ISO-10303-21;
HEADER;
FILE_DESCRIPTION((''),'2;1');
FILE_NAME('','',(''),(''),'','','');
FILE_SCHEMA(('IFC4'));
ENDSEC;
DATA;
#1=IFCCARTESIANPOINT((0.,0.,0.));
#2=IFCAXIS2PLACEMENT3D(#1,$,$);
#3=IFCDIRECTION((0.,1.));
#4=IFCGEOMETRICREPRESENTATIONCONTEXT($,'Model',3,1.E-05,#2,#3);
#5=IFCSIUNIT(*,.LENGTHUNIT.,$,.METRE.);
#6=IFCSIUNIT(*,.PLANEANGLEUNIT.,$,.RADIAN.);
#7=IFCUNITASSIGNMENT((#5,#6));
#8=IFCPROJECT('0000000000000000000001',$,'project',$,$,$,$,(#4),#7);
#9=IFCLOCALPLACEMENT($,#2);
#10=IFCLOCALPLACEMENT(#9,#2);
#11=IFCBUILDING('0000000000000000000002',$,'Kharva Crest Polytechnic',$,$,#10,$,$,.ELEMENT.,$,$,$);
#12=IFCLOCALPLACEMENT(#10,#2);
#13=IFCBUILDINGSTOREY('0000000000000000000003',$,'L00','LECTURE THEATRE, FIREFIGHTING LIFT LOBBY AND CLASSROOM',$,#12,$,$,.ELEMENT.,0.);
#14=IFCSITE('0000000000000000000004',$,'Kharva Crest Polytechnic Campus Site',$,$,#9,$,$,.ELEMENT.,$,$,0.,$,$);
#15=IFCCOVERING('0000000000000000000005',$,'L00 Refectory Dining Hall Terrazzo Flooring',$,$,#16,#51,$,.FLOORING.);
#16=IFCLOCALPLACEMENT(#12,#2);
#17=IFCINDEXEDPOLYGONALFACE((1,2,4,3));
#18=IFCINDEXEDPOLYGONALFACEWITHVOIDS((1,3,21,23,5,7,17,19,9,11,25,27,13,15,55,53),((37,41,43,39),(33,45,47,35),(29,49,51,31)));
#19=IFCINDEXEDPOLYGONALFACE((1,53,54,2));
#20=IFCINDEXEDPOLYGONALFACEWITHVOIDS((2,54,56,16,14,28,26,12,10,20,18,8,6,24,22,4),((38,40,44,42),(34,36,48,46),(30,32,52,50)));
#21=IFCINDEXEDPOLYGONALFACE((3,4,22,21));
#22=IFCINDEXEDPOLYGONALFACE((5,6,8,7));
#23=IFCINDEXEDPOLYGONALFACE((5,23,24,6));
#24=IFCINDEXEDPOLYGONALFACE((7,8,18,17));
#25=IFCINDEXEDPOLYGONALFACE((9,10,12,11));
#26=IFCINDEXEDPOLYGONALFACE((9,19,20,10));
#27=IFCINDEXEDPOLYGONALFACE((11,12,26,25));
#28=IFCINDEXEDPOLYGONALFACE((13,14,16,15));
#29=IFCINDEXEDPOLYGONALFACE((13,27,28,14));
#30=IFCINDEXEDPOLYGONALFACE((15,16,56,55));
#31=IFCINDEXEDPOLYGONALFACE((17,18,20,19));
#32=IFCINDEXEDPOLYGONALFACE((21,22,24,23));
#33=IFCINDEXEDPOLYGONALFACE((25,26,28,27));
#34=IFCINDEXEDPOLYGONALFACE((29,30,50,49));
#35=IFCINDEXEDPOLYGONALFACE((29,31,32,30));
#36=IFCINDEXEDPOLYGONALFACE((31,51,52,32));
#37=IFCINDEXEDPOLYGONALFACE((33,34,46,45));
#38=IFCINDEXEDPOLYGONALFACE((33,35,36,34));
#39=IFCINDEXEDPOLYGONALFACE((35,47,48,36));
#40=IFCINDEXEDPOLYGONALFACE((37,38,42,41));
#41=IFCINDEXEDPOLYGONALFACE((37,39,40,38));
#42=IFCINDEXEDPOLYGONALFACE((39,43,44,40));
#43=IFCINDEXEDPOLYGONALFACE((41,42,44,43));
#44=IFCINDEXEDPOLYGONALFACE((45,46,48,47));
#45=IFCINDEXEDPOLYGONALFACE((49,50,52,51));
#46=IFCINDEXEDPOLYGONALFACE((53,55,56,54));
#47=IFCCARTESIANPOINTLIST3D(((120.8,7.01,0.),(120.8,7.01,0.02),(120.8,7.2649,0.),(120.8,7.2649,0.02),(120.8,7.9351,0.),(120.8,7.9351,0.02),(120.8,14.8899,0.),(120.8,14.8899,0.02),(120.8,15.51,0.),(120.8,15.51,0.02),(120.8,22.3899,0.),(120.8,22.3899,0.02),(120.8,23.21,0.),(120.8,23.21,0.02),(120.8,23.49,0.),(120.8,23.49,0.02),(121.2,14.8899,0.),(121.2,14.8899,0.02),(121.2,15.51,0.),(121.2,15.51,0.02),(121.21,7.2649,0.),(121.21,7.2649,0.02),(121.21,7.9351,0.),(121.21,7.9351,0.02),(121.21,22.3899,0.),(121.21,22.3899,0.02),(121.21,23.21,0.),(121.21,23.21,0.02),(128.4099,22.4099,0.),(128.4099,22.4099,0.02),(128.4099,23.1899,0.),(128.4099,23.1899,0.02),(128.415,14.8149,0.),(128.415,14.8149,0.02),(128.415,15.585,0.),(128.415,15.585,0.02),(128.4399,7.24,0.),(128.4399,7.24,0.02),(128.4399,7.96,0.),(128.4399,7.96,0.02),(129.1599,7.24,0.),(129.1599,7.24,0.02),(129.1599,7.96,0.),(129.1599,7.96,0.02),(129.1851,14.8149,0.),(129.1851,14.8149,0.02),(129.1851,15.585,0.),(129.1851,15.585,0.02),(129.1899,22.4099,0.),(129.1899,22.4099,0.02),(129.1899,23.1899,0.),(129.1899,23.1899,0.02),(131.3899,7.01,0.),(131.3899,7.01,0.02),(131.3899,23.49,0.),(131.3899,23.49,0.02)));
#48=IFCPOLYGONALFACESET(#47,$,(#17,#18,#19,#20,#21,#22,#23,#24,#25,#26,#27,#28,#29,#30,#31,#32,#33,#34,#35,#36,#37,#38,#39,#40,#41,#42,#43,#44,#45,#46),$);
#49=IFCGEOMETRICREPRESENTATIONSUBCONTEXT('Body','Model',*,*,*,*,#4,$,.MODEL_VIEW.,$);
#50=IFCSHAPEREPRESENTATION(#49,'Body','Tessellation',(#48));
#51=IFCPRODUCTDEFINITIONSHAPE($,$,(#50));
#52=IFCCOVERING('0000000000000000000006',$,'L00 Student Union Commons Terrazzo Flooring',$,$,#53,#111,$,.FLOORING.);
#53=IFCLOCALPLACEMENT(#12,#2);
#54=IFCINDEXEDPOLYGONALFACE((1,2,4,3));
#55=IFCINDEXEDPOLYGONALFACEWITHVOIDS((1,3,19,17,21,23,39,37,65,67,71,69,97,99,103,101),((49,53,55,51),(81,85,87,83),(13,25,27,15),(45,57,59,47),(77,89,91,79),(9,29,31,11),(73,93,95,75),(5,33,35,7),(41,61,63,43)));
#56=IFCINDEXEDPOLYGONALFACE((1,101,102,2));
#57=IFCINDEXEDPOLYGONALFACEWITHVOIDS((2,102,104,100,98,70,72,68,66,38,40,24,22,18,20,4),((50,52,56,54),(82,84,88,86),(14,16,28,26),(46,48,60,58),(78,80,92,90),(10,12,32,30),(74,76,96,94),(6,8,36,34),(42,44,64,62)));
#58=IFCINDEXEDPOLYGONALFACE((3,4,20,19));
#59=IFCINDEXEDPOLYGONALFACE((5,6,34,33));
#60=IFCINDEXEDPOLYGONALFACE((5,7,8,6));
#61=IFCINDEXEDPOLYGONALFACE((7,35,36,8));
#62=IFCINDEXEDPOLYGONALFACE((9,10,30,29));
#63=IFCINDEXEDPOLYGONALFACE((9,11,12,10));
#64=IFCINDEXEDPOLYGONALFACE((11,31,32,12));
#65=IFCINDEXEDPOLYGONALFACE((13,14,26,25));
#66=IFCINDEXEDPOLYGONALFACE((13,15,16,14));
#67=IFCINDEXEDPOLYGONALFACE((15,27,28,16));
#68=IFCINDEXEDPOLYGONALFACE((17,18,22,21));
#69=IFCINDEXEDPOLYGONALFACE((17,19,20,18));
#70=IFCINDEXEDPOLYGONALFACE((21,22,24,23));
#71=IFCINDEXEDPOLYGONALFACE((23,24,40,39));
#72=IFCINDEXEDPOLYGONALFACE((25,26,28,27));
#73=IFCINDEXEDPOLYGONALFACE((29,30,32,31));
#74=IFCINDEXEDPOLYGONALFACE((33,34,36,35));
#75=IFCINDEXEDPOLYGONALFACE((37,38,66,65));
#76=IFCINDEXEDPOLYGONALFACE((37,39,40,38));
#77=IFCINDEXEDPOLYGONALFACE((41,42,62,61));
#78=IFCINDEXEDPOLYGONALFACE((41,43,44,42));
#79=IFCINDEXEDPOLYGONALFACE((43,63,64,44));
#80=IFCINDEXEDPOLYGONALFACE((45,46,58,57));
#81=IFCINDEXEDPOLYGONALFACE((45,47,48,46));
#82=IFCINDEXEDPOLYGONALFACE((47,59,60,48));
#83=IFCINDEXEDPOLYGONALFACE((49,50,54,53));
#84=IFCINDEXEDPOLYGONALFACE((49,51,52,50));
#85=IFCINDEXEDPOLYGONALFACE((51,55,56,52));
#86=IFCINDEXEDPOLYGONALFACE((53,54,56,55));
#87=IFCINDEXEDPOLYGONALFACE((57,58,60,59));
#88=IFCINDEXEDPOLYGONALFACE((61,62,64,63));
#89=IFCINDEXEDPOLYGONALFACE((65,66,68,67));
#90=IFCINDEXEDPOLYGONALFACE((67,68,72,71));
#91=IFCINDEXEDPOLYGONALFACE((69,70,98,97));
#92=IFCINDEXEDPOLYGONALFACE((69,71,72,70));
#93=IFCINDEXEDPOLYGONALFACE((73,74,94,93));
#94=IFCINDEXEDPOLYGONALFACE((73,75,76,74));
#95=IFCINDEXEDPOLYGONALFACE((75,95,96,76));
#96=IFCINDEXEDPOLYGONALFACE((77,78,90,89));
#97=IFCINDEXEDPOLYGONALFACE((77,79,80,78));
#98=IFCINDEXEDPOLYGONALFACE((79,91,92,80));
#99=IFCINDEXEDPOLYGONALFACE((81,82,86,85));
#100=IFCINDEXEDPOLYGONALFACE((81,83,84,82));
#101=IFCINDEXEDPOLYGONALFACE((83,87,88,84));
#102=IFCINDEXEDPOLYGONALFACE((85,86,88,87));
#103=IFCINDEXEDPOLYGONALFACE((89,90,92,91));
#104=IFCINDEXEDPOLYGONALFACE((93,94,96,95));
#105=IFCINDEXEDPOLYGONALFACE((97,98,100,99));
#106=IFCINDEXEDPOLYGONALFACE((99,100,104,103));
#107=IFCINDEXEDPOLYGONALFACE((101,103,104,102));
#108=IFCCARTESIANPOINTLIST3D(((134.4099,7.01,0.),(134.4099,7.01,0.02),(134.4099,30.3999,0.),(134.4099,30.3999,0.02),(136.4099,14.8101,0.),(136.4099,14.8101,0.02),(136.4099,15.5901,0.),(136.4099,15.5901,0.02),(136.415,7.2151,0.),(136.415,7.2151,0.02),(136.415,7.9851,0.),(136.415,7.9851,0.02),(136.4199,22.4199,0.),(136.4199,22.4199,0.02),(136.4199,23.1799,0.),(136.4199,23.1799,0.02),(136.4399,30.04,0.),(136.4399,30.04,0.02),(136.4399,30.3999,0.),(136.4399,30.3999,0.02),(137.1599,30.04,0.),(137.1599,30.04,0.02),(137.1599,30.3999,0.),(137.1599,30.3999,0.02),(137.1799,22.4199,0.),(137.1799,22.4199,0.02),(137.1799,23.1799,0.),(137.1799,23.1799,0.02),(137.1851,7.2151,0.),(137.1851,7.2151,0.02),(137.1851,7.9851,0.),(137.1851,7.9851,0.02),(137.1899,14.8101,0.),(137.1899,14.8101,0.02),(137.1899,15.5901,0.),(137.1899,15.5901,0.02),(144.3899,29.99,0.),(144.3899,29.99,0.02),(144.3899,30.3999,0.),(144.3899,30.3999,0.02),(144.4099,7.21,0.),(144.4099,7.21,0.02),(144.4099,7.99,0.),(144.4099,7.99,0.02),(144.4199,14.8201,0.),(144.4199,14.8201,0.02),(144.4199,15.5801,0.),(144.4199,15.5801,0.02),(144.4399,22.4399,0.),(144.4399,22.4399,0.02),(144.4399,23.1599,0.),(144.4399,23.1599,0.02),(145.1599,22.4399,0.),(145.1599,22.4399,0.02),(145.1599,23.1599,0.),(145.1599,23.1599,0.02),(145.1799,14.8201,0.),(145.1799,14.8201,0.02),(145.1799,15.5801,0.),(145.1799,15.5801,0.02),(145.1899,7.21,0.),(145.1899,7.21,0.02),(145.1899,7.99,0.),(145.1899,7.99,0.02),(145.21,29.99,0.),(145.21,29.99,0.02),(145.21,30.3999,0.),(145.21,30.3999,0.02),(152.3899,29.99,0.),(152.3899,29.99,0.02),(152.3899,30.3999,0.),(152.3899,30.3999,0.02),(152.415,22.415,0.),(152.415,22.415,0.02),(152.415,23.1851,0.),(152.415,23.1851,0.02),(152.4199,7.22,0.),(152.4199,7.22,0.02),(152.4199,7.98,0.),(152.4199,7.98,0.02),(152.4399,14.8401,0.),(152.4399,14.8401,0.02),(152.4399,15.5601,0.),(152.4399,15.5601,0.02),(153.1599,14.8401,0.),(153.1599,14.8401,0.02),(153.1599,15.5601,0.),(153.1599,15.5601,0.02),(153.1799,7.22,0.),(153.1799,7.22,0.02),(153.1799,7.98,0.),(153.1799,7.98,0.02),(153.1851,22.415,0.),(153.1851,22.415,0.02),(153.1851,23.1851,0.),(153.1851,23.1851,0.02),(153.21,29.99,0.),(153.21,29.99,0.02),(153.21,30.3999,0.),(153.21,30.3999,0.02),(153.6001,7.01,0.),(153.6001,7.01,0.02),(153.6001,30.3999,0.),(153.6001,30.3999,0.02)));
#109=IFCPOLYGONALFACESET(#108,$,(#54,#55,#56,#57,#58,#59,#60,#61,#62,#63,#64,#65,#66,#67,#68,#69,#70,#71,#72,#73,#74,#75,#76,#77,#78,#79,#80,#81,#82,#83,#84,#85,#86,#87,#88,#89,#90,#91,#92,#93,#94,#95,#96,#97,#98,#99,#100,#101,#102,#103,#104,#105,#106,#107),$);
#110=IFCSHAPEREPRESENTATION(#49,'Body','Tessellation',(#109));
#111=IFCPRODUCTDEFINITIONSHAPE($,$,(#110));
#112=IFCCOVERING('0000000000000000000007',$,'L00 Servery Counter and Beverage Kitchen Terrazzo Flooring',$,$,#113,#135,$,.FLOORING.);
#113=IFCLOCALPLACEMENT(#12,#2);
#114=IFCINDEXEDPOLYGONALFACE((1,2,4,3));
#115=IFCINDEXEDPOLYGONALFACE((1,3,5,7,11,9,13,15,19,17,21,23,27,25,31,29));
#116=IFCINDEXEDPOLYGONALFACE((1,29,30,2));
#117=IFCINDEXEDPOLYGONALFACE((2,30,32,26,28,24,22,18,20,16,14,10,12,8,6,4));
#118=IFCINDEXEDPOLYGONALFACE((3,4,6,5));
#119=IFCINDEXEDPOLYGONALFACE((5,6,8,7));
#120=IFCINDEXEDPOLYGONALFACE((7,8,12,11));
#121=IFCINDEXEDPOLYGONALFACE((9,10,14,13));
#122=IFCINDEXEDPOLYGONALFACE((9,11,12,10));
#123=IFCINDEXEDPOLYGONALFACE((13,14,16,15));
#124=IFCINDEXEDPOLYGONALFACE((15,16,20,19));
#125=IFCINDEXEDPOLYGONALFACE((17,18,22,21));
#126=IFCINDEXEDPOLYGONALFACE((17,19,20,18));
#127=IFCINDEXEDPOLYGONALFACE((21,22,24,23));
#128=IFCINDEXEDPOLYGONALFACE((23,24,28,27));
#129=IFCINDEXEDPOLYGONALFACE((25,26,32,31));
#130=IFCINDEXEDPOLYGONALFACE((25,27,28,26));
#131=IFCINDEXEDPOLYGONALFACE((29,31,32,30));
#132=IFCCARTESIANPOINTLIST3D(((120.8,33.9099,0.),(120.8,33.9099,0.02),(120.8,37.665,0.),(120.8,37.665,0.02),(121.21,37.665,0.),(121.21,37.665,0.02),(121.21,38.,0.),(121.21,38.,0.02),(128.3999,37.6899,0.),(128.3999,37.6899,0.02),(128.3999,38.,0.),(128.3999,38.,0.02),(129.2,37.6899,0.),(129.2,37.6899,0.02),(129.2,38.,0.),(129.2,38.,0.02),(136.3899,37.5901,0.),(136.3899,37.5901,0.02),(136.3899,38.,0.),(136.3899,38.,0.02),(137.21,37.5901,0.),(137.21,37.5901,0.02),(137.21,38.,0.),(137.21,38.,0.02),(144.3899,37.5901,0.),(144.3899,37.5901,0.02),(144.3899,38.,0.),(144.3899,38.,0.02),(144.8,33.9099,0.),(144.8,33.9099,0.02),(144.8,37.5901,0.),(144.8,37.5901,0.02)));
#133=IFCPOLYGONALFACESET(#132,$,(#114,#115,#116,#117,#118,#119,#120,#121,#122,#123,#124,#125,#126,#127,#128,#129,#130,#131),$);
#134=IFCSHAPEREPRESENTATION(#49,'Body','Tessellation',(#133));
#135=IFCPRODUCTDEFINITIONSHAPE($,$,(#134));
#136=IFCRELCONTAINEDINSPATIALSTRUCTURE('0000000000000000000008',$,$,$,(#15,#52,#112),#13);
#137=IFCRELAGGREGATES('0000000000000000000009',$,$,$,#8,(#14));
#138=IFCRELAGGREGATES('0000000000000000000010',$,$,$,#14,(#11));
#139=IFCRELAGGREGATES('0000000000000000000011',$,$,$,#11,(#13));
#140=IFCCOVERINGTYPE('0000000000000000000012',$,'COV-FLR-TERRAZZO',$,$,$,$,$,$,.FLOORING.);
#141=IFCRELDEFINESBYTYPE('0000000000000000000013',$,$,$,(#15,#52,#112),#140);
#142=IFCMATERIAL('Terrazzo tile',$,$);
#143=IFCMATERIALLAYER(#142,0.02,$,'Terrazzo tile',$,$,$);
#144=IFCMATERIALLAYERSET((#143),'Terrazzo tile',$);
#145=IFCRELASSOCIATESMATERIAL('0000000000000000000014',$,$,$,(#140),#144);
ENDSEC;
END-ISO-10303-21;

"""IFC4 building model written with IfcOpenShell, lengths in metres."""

from ifc_helpers import new_model, si_unit, direction, origin, place, context, subcontext, project, spatial, polyline, outline, extrude, material, layer, layer_set, type_object, element, save


model = new_model("IFC4")

# Units and contexts
model_context = context("Model", 3, precision=1e-05, world=origin(), true_north=direction((0.0, 1.0)))
body_context = subcontext(model_context, "Body", "Model", "MODEL_VIEW")
ifc_project = project(units=[si_unit("LENGTHUNIT", "METRE"), si_unit("PLANEANGLEUNIT", "RADIAN")], contexts=[model_context])

# Site, building, storey
site_placement = place(None, origin())
site = spatial("IfcSite", under=ifc_project, at=site_placement, Name="Kharva Crest Polytechnic Campus Site", CompositionType="ELEMENT", RefElevation=0.0)
building_placement = place(site_placement, origin())
building = spatial("IfcBuilding", under=site, at=building_placement, Name="Kharva Crest Polytechnic", CompositionType="ELEMENT")
storey_placement = place(building_placement, origin())
storey = spatial("IfcBuildingStorey", under=building, at=storey_placement, Name="L00", Description="LECTURE THEATRE, FIREFIGHTING LIFT LOBBY AND CLASSROOM", CompositionType="ELEMENT", Elevation=0.0)

# Coverings
ifc_material_1 = material(Name="Terrazzo tile")
ifc_layer_1 = layer(ifc_material_1, 0.02, Name="Terrazzo tile")
ifc_layer_set_1 = layer_set([ifc_layer_1], Name="Terrazzo tile")
covering_type_1 = type_object("IfcCoveringType", Name="COV-FLR-TERRAZZO", PredefinedType="FLOORING", material=ifc_layer_set_1)
covering_1_placement = place(storey_placement, origin())
element("IfcCovering", 1, at=covering_1_placement, inside=storey, type_object=covering_type_1, Name="L00 Refectory Dining Hall Terrazzo Flooring", PredefinedType="FLOORING", context=body_context, shape_type="SweptSolid", body=[
    extrude(outline(polyline([(120.8, 7.2649), (121.21, 7.2649), (121.21, 7.9351), (120.8, 7.9351), (120.8, 14.8899), (121.2, 14.8899), (121.2, 15.51), (120.8, 15.51), (120.8, 22.3899), (121.21, 22.3899), (121.21, 23.21), (120.8, 23.21), (120.8, 23.49), (131.3899, 23.49), (131.3899, 7.01), (120.8, 7.01), (120.8, 7.2649)]), holes=[polyline([(128.4399, 7.96), (128.4399, 7.24), (129.1599, 7.24), (129.1599, 7.96), (128.4399, 7.96)]), polyline([(128.415, 15.585), (128.415, 14.8149), (129.1851, 14.8149), (129.1851, 15.585), (128.415, 15.585)]), polyline([(129.1899, 23.1899), (128.4099, 23.1899), (128.4099, 22.4099), (129.1899, 22.4099), (129.1899, 23.1899)])]), origin(), (0.0, 0.0, 1.0), 0.02),
])
covering_2_placement = place(storey_placement, origin())
element("IfcCovering", 2, at=covering_2_placement, inside=storey, type_object=covering_type_1, Name="L00 Student Union Commons Terrazzo Flooring", PredefinedType="FLOORING", context=body_context, shape_type="SweptSolid", body=[
    extrude(outline(polyline([(136.4399, 30.3999), (136.4399, 30.04), (137.1599, 30.04), (137.1599, 30.3999), (144.3899, 30.3999), (144.3899, 29.99), (145.21, 29.99), (145.21, 30.3999), (152.3899, 30.3999), (152.3899, 29.99), (153.21, 29.99), (153.21, 30.3999), (153.6001, 30.3999), (153.6001, 7.01), (134.4099, 7.01), (134.4099, 30.3999), (136.4399, 30.3999)]), holes=[polyline([(136.415, 7.9851), (136.415, 7.2151), (137.1851, 7.2151), (137.1851, 7.9851), (136.415, 7.9851)]), polyline([(136.4199, 23.1799), (136.4199, 22.4199), (137.1799, 22.4199), (137.1799, 23.1799), (136.4199, 23.1799)]), polyline([(152.4199, 7.98), (152.4199, 7.22), (153.1799, 7.22), (153.1799, 7.98), (152.4199, 7.98)]), polyline([(144.4099, 7.99), (144.4099, 7.21), (145.1899, 7.21), (145.1899, 7.99), (144.4099, 7.99)]), polyline([(144.4199, 15.5801), (144.4199, 14.8201), (145.1799, 14.8201), (145.1799, 15.5801), (144.4199, 15.5801)]), polyline([(153.1599, 15.5601), (152.4399, 15.5601), (152.4399, 14.8401), (153.1599, 14.8401), (153.1599, 15.5601)]), polyline([(137.1899, 15.5901), (136.4099, 15.5901), (136.4099, 14.8101), (137.1899, 14.8101), (137.1899, 15.5901)]), polyline([(144.4399, 23.1599), (144.4399, 22.4399), (145.1599, 22.4399), (145.1599, 23.1599), (144.4399, 23.1599)]), polyline([(152.415, 23.1851), (152.415, 22.415), (153.1851, 22.415), (153.1851, 23.1851), (152.415, 23.1851)])]), origin(), (0.0, 0.0, 1.0), 0.02),
])
covering_3_placement = place(storey_placement, origin())
element("IfcCovering", 3, at=covering_3_placement, inside=storey, type_object=covering_type_1, Name="L00 Servery Counter and Beverage Kitchen Terrazzo Flooring", PredefinedType="FLOORING", context=body_context, shape_type="SweptSolid", body=[
    extrude(outline(polyline([(120.8, 37.665), (121.21, 37.665), (121.21, 38.0), (128.3999, 38.0), (128.3999, 37.6899), (129.2, 37.6899), (129.2, 38.0), (136.3899, 38.0), (136.3899, 37.5901), (137.21, 37.5901), (137.21, 38.0), (144.3899, 38.0), (144.3899, 37.5901), (144.8, 37.5901), (144.8, 33.9099), (120.8, 33.9099), (120.8, 37.665)])), origin(), (0.0, 0.0, 1.0), 0.02),
])

save(model, "model.ifc")
